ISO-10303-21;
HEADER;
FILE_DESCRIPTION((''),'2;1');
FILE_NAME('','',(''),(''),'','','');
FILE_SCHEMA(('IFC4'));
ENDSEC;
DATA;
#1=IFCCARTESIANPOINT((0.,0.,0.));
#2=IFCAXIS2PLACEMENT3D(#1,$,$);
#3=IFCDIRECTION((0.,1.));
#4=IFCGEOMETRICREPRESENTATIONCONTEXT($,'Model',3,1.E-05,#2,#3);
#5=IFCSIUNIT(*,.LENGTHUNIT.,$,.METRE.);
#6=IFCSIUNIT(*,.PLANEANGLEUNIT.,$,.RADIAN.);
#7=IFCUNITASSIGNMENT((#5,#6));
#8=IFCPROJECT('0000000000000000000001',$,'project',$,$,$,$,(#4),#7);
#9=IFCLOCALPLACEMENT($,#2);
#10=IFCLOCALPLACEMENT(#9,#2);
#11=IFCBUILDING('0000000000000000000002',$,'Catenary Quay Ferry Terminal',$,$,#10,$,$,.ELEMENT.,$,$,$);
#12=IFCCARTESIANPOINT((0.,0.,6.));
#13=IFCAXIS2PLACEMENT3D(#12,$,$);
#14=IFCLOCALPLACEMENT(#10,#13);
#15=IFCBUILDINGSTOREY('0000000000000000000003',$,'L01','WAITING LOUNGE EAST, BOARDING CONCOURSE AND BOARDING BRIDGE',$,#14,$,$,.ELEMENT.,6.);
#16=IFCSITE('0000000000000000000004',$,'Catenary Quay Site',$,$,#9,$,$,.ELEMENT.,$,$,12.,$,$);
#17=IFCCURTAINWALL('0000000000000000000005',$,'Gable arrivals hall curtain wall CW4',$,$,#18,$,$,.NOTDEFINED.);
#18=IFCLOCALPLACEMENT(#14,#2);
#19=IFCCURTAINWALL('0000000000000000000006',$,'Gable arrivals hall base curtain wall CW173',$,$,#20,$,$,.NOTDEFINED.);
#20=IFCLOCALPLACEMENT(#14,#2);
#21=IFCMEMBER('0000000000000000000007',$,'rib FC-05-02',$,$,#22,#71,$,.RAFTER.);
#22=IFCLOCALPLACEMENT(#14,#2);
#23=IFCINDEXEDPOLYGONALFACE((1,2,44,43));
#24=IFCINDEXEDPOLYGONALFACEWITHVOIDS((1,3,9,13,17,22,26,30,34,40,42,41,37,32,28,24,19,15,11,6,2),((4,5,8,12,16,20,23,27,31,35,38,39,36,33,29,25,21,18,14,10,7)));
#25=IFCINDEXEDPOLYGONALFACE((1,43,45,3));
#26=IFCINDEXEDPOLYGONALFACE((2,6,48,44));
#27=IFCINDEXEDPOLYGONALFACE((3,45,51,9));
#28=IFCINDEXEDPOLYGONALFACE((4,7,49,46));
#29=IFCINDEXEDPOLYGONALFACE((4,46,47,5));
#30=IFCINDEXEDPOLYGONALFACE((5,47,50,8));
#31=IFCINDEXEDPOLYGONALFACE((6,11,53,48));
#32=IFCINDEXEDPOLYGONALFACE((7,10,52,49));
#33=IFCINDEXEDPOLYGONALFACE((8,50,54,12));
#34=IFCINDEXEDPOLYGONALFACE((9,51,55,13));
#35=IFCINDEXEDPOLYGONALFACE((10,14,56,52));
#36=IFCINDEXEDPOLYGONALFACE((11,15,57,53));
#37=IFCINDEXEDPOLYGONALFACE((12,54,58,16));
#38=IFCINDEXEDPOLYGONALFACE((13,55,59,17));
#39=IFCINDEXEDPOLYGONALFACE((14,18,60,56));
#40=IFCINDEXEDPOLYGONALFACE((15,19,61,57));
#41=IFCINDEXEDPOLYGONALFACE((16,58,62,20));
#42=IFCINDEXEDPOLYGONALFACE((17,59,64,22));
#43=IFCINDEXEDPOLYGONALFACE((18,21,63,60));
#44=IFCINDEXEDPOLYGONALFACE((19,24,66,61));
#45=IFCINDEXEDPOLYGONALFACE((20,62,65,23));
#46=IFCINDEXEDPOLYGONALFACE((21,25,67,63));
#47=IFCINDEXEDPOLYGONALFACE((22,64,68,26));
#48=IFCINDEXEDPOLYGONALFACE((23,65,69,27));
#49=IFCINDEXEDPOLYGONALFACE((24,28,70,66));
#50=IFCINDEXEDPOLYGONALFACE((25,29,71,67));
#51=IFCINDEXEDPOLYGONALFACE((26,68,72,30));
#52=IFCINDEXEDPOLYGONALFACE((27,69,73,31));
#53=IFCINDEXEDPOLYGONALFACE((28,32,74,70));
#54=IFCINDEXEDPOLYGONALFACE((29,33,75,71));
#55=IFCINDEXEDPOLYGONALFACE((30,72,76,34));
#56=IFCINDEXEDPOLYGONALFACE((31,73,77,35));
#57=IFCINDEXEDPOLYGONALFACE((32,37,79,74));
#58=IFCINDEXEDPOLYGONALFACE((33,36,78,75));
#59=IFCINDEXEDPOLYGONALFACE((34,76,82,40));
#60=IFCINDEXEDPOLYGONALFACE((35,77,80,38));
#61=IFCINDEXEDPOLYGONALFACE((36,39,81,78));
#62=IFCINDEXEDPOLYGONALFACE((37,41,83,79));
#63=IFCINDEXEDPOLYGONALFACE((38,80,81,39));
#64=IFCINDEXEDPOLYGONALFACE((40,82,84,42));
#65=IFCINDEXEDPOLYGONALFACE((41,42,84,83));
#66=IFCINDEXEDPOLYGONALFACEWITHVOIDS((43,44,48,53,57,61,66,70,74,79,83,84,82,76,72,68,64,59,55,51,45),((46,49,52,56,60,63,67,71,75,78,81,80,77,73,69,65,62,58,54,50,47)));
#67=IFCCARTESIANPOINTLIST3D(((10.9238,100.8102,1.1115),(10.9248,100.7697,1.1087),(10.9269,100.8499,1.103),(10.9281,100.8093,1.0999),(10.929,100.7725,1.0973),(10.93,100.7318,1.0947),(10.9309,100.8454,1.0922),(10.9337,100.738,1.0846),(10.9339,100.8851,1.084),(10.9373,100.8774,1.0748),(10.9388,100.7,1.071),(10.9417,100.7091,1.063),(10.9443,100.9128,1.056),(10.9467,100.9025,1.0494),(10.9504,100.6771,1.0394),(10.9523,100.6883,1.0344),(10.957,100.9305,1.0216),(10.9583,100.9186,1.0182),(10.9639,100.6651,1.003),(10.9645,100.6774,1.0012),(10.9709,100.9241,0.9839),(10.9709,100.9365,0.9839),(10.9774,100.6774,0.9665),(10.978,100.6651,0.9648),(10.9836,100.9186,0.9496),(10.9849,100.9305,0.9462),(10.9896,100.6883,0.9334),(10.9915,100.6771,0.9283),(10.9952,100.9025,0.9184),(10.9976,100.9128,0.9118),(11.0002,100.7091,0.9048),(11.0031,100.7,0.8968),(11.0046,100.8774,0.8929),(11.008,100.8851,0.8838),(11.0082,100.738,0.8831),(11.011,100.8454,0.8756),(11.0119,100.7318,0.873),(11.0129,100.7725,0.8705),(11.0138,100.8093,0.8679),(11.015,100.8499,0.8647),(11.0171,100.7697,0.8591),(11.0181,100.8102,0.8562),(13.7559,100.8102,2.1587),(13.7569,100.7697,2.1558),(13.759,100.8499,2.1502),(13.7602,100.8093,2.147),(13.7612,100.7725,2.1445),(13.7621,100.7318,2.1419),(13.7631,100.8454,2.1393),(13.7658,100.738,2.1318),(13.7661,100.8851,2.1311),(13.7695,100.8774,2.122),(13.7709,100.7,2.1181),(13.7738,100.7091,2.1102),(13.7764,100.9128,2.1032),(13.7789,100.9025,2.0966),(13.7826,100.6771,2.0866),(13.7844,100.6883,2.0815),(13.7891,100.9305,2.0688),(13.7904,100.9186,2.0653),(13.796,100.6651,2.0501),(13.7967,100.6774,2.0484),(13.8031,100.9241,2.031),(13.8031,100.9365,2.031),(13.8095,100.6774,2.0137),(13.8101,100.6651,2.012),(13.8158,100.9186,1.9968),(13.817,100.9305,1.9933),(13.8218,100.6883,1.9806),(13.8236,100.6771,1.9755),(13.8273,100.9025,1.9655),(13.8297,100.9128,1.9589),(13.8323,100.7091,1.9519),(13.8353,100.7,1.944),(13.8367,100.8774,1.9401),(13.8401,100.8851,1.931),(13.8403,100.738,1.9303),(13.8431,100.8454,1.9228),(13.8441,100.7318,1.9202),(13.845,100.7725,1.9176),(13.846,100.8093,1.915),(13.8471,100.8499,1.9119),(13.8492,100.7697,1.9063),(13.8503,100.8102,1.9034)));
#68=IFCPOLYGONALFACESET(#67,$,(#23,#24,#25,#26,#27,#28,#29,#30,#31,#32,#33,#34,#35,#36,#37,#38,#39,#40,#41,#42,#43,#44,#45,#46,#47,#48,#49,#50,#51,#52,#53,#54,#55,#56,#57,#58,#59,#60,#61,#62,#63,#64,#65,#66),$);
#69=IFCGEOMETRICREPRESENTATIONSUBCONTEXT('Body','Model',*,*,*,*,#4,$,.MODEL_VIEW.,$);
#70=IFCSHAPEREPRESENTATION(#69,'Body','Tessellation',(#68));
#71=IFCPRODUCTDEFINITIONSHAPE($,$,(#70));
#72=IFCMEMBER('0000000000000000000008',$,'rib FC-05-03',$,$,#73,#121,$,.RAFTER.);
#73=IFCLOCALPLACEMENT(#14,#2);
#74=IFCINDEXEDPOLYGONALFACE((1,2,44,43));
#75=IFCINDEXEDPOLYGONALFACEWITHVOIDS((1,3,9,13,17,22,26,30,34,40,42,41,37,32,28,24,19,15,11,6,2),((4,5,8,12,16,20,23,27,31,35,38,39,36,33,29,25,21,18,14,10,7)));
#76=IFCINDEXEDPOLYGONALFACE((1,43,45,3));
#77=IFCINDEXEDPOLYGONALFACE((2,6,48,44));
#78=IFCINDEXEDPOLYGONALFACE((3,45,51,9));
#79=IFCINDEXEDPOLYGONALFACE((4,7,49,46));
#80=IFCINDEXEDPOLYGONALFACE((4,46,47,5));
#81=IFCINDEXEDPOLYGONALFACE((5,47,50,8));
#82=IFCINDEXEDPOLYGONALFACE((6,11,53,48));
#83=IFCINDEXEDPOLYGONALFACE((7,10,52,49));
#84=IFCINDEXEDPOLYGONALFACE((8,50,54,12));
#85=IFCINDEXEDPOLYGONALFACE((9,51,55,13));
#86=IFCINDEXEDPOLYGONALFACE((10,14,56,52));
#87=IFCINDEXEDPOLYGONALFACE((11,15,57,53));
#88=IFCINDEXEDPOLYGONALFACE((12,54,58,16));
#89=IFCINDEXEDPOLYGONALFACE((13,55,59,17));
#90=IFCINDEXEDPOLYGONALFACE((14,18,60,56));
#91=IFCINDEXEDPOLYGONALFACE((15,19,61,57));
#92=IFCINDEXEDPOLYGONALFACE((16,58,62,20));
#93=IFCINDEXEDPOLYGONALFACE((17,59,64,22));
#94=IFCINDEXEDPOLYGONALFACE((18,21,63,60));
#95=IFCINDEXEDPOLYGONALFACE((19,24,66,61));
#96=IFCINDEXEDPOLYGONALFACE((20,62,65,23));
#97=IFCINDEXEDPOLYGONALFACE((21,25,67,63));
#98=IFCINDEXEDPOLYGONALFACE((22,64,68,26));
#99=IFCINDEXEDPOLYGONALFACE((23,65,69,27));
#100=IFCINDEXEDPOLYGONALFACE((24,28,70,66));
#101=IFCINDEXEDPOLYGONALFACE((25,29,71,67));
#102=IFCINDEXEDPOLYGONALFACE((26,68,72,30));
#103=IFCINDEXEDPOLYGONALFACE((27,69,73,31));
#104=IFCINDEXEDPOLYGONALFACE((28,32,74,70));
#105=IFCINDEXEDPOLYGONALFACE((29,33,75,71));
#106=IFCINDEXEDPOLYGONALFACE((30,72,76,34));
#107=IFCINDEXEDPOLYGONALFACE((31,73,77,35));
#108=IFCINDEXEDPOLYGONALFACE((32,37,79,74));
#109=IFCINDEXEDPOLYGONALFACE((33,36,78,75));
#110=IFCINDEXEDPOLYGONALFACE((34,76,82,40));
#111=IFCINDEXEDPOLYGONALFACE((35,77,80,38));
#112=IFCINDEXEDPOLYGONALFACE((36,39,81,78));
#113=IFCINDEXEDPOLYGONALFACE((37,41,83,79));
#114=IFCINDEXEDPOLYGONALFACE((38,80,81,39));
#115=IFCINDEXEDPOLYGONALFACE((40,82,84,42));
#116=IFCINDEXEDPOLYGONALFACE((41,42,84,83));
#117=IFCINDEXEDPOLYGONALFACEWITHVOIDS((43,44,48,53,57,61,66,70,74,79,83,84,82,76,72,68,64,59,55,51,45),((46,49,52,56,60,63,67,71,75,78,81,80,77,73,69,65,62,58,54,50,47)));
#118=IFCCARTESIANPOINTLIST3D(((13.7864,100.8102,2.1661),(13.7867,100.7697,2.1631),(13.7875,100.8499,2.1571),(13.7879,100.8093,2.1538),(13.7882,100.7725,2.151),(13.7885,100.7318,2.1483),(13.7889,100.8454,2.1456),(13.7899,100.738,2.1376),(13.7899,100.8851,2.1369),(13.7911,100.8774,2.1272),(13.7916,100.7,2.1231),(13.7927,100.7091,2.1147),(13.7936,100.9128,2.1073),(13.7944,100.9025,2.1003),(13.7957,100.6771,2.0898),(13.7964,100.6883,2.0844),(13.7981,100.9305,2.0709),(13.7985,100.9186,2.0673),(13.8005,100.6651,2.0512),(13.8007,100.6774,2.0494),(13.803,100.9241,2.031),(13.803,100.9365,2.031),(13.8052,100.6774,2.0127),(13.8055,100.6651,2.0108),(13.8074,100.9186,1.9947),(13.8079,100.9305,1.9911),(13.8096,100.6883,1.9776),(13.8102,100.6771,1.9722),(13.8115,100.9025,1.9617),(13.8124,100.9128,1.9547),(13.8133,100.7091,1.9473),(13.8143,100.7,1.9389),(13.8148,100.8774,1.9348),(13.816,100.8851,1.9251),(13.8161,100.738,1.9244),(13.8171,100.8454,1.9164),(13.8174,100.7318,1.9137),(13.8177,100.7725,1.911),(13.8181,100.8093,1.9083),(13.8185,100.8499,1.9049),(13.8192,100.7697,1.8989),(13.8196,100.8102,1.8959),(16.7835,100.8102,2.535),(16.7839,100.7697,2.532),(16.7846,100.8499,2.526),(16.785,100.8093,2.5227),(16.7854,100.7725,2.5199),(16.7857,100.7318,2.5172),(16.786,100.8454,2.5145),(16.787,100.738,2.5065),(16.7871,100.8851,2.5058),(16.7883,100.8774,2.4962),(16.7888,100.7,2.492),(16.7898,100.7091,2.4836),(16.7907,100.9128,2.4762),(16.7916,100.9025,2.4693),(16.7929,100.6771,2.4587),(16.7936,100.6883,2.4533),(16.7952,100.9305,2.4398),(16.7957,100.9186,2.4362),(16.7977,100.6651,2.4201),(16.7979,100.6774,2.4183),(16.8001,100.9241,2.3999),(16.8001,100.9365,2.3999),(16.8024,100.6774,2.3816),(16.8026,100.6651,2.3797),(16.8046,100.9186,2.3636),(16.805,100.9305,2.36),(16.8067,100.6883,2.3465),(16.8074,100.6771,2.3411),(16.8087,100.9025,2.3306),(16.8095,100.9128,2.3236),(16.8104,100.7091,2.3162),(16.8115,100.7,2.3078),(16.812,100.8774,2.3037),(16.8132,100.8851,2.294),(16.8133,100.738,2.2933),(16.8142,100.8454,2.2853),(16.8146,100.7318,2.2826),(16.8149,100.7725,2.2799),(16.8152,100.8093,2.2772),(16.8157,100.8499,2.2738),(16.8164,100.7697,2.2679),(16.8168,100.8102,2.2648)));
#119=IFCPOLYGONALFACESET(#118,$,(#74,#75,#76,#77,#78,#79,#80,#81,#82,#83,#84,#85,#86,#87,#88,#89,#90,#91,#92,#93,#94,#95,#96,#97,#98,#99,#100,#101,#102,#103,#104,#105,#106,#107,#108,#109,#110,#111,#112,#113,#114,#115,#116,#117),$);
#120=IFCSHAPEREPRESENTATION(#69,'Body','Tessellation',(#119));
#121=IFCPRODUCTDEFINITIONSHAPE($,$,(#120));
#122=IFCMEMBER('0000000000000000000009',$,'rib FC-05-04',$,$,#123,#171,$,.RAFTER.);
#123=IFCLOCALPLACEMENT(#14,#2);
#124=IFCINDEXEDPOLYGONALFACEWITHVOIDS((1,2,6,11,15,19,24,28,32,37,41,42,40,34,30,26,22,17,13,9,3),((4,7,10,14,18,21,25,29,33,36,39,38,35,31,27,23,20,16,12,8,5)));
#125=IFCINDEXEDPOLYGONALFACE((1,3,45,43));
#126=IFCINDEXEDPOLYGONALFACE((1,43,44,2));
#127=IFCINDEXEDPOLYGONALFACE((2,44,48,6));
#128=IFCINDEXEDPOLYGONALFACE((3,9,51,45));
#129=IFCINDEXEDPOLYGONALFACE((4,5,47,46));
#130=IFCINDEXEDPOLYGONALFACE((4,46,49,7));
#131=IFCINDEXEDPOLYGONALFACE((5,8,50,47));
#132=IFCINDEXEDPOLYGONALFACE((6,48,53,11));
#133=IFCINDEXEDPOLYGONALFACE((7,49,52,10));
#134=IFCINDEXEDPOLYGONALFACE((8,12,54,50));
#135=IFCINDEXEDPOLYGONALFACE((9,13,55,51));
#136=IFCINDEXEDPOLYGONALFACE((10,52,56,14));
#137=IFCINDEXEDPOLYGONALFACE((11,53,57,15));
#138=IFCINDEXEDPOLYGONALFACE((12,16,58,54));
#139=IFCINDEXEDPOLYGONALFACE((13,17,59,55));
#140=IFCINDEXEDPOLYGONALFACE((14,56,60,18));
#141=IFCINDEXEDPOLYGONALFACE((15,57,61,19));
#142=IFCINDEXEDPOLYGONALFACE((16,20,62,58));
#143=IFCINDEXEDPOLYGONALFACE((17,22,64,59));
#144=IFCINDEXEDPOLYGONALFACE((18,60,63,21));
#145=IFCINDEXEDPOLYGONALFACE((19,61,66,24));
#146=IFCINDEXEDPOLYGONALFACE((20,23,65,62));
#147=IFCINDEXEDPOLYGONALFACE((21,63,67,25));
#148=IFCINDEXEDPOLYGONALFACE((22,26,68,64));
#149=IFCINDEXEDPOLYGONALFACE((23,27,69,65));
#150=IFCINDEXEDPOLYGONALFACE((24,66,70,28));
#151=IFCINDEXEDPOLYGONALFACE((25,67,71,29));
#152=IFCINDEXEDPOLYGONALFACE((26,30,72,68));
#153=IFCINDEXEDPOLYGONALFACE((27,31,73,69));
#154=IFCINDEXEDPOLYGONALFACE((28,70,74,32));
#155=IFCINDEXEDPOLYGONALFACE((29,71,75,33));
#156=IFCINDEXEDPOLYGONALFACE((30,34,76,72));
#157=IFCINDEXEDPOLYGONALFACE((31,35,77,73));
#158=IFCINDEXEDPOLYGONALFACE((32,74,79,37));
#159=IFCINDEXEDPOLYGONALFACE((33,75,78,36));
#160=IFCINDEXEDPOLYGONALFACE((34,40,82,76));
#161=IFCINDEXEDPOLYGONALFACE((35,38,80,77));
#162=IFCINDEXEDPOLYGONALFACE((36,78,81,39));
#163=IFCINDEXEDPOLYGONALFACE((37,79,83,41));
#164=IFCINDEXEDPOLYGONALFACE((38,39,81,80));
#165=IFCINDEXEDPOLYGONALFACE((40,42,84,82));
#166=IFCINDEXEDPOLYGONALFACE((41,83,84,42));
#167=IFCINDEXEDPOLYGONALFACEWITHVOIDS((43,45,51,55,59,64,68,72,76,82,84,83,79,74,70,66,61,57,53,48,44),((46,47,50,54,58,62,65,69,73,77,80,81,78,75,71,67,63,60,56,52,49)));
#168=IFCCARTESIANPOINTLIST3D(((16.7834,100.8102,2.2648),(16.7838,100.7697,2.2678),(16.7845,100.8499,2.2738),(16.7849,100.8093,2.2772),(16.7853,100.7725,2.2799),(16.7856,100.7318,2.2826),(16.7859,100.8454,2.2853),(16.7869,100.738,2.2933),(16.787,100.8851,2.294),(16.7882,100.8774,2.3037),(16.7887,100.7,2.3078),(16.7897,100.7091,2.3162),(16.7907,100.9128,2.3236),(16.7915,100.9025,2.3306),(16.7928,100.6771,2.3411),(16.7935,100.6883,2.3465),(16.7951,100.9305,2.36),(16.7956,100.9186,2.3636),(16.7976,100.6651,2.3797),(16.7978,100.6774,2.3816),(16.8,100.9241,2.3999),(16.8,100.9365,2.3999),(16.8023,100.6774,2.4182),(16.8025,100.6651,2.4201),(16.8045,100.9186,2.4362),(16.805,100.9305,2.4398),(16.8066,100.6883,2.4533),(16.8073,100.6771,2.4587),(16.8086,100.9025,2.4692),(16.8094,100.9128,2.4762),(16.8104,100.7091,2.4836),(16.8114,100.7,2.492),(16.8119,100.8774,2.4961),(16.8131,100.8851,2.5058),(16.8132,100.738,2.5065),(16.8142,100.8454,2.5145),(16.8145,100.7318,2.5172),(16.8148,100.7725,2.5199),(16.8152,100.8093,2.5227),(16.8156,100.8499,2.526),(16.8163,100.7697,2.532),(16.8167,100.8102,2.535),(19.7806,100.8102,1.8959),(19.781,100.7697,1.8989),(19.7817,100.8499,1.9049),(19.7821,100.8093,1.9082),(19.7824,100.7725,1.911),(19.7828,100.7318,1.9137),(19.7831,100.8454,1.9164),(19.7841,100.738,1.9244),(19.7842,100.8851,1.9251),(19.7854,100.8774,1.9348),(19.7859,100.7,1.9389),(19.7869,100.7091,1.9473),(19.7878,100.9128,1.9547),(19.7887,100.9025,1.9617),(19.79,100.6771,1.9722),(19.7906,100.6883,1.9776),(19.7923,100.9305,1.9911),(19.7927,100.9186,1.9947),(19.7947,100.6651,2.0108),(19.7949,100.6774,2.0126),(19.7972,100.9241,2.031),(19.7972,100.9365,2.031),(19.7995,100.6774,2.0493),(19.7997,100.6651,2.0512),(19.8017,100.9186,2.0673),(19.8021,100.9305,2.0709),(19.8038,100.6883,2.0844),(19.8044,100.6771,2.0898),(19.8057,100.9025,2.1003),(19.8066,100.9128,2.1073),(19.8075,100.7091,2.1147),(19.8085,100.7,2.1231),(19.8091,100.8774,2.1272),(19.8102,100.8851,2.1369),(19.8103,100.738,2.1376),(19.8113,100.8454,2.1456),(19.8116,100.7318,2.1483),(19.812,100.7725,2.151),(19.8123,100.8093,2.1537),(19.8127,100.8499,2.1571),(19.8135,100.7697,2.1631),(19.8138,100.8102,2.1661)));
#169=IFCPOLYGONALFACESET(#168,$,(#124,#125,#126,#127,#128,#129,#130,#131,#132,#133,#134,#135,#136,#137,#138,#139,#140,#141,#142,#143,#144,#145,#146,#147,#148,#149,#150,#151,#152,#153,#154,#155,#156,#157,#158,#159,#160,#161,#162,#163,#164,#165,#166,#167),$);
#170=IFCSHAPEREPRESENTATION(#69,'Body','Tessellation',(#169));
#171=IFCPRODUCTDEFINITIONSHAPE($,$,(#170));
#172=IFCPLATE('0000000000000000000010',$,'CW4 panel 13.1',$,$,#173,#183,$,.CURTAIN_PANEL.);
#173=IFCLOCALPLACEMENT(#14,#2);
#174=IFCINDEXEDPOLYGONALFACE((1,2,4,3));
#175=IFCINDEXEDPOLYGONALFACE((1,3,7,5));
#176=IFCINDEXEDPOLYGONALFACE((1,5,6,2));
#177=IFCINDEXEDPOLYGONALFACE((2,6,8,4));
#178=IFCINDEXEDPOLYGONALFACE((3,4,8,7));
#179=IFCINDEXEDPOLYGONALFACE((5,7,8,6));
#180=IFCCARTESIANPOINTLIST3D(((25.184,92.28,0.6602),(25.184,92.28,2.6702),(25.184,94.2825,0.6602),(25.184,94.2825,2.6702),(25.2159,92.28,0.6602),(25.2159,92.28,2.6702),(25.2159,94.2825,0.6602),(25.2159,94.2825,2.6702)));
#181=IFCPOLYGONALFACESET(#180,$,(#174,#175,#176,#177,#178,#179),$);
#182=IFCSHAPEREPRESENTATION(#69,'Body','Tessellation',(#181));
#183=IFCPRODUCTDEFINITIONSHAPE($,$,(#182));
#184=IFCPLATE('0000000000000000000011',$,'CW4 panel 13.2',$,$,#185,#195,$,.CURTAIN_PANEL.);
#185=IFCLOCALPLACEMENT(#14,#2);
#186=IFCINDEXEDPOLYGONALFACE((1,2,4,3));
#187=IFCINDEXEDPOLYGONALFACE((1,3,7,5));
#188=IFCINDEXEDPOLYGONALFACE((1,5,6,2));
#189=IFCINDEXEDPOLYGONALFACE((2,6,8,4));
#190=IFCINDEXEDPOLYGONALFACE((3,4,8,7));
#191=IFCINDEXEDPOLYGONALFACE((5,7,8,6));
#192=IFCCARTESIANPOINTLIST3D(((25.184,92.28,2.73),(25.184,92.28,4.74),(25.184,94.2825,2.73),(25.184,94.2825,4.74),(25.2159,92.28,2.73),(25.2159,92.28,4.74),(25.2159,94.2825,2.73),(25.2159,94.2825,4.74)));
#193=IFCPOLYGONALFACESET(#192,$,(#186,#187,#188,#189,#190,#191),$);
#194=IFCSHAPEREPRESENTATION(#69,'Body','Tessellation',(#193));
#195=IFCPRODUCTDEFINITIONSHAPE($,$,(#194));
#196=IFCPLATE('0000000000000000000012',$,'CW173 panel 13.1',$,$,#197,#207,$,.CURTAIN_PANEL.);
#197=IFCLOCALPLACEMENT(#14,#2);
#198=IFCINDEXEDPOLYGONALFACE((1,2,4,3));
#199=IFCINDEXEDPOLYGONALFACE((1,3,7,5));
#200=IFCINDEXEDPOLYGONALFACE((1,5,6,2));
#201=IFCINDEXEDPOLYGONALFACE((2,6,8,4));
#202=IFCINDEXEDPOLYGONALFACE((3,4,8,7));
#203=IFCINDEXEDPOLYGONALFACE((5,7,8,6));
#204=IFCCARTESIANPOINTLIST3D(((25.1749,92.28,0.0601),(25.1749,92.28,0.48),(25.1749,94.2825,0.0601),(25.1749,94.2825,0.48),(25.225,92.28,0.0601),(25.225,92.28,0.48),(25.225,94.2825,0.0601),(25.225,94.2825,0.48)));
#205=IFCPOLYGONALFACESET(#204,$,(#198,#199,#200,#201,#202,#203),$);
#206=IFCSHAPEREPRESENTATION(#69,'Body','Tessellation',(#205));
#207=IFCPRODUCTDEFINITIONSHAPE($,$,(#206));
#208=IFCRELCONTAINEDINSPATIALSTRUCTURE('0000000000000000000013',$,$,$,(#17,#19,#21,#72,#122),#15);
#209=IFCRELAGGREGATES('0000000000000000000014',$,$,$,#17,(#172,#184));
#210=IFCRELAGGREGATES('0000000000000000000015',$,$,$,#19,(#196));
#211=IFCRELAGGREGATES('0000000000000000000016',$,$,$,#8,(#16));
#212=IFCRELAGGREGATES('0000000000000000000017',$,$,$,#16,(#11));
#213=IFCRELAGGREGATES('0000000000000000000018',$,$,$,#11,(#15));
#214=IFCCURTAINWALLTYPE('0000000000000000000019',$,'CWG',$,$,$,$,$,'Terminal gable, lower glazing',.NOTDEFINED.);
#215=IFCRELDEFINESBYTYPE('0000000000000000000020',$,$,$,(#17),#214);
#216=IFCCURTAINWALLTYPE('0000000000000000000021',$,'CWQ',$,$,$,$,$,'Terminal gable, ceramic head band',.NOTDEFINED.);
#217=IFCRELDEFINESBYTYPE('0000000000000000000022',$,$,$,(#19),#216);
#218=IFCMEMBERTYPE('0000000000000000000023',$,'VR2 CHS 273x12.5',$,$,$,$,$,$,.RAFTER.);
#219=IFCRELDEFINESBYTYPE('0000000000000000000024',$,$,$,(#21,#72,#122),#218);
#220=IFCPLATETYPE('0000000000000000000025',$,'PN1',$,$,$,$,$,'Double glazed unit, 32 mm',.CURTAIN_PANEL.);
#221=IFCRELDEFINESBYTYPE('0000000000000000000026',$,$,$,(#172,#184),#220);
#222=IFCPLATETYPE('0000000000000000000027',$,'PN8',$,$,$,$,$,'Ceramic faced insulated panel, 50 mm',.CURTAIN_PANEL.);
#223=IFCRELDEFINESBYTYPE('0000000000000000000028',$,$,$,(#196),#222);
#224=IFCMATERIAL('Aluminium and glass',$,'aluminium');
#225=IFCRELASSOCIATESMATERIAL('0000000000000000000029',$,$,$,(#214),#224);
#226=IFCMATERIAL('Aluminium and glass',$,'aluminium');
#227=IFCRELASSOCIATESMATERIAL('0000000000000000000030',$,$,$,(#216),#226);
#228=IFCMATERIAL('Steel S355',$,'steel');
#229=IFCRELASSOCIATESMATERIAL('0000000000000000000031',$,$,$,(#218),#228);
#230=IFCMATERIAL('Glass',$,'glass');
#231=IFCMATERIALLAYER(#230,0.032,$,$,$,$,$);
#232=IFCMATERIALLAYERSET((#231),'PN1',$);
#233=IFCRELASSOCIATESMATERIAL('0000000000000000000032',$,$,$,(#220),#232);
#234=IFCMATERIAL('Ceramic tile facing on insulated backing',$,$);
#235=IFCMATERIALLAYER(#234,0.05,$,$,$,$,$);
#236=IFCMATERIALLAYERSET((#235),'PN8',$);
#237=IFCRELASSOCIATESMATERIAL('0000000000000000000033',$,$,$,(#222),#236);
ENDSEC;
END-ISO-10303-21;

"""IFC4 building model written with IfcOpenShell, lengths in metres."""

from ifc_helpers import new_model, si_unit, direction, frame, origin, origin_2d, place, context, subcontext, project, spatial, rectangle, hollow_circle, extrude, material, layer, layer_set, material_profile, profile_set, type_object, element, aggregate, save


model = new_model("IFC4")

# Units and contexts
model_context = context("Model", 3, precision=1e-05, world=origin(), true_north=direction((0.0, 1.0)))
body_context = subcontext(model_context, "Body", "Model", "MODEL_VIEW")
ifc_project = project(units=[si_unit("LENGTHUNIT", "METRE"), si_unit("PLANEANGLEUNIT", "RADIAN")], contexts=[model_context])

# Site, building, storey
site_placement = place(None, origin())
site = spatial("IfcSite", under=ifc_project, at=site_placement, Name="Catenary Quay Site", CompositionType="ELEMENT", RefElevation=12.0)
building_placement = place(site_placement, origin())
building = spatial("IfcBuilding", under=site, at=building_placement, Name="Catenary Quay Ferry Terminal", CompositionType="ELEMENT")
storey_placement = place(building_placement, frame((0.0, 0.0, 6.0)))
storey = spatial("IfcBuildingStorey", under=building, at=storey_placement, Name="L01", Description="WAITING LOUNGE EAST, BOARDING CONCOURSE AND BOARDING BRIDGE", CompositionType="ELEMENT", Elevation=6.0)

# Curtain walls
ifc_material_1 = material(Name="Aluminium and glass", Category="aluminium")
curtain_wall_type_1 = type_object("IfcCurtainWallType", Name="CWG", ElementType="Terminal gable, lower glazing", PredefinedType="NOTDEFINED", material=ifc_material_1)
curtain_wall_1_placement = place(storey_placement, origin())
curtain_wall_1 = element("IfcCurtainWall", 1, at=curtain_wall_1_placement, inside=storey, type_object=curtain_wall_type_1, Name="Gable arrivals hall curtain wall CW4", PredefinedType="NOTDEFINED")
ifc_material_2 = material(Name="Aluminium and glass", Category="aluminium")
curtain_wall_type_2 = type_object("IfcCurtainWallType", Name="CWQ", ElementType="Terminal gable, ceramic head band", PredefinedType="NOTDEFINED", material=ifc_material_2)
curtain_wall_2_placement = place(storey_placement, origin())
curtain_wall_2 = element("IfcCurtainWall", 2, at=curtain_wall_2_placement, inside=storey, type_object=curtain_wall_type_2, Name="Gable arrivals hall base curtain wall CW173", PredefinedType="NOTDEFINED")

# Members
ifc_material_3 = material(Name="Steel S355", Category="steel")
ifc_material_profile_1 = material_profile(ifc_material_3, hollow_circle(Radius=0.1365, WallThickness=0.0125, at=origin_2d()), Name="CHS 273x12.5")
ifc_profile_set_1 = profile_set([ifc_material_profile_1], Name="Steel S355")
member_type_1 = type_object("IfcMemberType", Name="VR2 CHS 273x12.5", PredefinedType="RAFTER", material=ifc_profile_set_1)
member_1_placement = place(storey_placement, frame((10.9709, 100.8, 0.9839), z_axis=(0.937941, 0.0, 0.346796), x_axis=(0.0, 1.0, 0.0)))
element("IfcMember", 3, at=member_1_placement, inside=storey, type_object=member_type_1, Name="rib FC-05-02", PredefinedType="RAFTER", context=body_context, shape_type="SweptSolid", body=[
    extrude(hollow_circle(Radius=0.1365, WallThickness=0.0125, at=origin_2d()), origin(), (0.0, 0.0, 1.0), 3.0195),
])
for number, where, z_axis, x_axis, name in (
    (4, (13.803, 100.8, 2.031), (0.99251, 0.0, 0.122164), (0.0, 1.0, 0.0), "rib FC-05-03"),
    (5, (16.8, 100.8, 2.3999), (0.99251, 0.0, -0.122164), (0.0, 1.0, 0.0), "rib FC-05-04"),
):
    element("IfcMember", number, at=place(storey_placement, frame(where, z_axis=z_axis, x_axis=x_axis)), inside=storey, type_object=member_type_1, Name=name, PredefinedType="RAFTER", context=body_context, shape_type="SweptSolid", body=[
        extrude(hollow_circle(Radius=0.1365, WallThickness=0.0125, at=origin_2d()), origin(), (0.0, 0.0, 1.0), 3.0198),
    ])

# Plates
ifc_material_4 = material(Name="Glass", Category="glass")
ifc_layer_1 = layer(ifc_material_4, 0.032)
ifc_layer_set_1 = layer_set([ifc_layer_1], Name="PN1")
plate_type_1 = type_object("IfcPlateType", Name="PN1", ElementType="Double glazed unit, 32 mm", PredefinedType="CURTAIN_PANEL", material=ifc_layer_set_1)
plate_1_placement = place(storey_placement, frame((25.2, 93.2812, 0.6602), z_axis=(0.0, 0.0, 1.0), x_axis=(0.0, 1.0, 0.0)))
plate_1 = element("IfcPlate", 6, at=plate_1_placement, type_object=plate_type_1, Name="CW4 panel 13.1", PredefinedType="CURTAIN_PANEL", context=body_context, shape_type="SweptSolid", body=[
    extrude(rectangle(XDim=2.0024, YDim=0.032, at=origin_2d()), origin(), (0.0, 0.0, 1.0), 2.01),
])
plate_2_placement = place(storey_placement, frame((25.2, 93.2812, 2.73), z_axis=(0.0, 0.0, 1.0), x_axis=(0.0, 1.0, 0.0)))
plate_2 = element("IfcPlate", 7, at=plate_2_placement, type_object=plate_type_1, Name="CW4 panel 13.2", PredefinedType="CURTAIN_PANEL", context=body_context, shape_type="SweptSolid", body=[
    extrude(rectangle(XDim=2.0024, YDim=0.032, at=origin_2d()), origin(), (0.0, 0.0, 1.0), 2.01),
])
aggregate(curtain_wall_1, [plate_1, plate_2])
ifc_material_5 = material(Name="Ceramic tile facing on insulated backing")
ifc_layer_2 = layer(ifc_material_5, 0.05)
ifc_layer_set_2 = layer_set([ifc_layer_2], Name="PN8")
plate_type_2 = type_object("IfcPlateType", Name="PN8", ElementType="Ceramic faced insulated panel, 50 mm", PredefinedType="CURTAIN_PANEL", material=ifc_layer_set_2)
plate_3_placement = place(storey_placement, frame((25.2, 93.2812, 0.0601), z_axis=(0.0, 0.0, 1.0), x_axis=(0.0, 1.0, 0.0)))
plate_3 = element("IfcPlate", 8, at=plate_3_placement, type_object=plate_type_2, Name="CW173 panel 13.1", PredefinedType="CURTAIN_PANEL", context=body_context, shape_type="SweptSolid", body=[
    extrude(rectangle(XDim=2.0024, YDim=0.05, at=origin_2d()), origin(), (0.0, 0.0, 1.0), 0.4199),
])
aggregate(curtain_wall_2, [plate_3])

save(model, "model.ifc")
